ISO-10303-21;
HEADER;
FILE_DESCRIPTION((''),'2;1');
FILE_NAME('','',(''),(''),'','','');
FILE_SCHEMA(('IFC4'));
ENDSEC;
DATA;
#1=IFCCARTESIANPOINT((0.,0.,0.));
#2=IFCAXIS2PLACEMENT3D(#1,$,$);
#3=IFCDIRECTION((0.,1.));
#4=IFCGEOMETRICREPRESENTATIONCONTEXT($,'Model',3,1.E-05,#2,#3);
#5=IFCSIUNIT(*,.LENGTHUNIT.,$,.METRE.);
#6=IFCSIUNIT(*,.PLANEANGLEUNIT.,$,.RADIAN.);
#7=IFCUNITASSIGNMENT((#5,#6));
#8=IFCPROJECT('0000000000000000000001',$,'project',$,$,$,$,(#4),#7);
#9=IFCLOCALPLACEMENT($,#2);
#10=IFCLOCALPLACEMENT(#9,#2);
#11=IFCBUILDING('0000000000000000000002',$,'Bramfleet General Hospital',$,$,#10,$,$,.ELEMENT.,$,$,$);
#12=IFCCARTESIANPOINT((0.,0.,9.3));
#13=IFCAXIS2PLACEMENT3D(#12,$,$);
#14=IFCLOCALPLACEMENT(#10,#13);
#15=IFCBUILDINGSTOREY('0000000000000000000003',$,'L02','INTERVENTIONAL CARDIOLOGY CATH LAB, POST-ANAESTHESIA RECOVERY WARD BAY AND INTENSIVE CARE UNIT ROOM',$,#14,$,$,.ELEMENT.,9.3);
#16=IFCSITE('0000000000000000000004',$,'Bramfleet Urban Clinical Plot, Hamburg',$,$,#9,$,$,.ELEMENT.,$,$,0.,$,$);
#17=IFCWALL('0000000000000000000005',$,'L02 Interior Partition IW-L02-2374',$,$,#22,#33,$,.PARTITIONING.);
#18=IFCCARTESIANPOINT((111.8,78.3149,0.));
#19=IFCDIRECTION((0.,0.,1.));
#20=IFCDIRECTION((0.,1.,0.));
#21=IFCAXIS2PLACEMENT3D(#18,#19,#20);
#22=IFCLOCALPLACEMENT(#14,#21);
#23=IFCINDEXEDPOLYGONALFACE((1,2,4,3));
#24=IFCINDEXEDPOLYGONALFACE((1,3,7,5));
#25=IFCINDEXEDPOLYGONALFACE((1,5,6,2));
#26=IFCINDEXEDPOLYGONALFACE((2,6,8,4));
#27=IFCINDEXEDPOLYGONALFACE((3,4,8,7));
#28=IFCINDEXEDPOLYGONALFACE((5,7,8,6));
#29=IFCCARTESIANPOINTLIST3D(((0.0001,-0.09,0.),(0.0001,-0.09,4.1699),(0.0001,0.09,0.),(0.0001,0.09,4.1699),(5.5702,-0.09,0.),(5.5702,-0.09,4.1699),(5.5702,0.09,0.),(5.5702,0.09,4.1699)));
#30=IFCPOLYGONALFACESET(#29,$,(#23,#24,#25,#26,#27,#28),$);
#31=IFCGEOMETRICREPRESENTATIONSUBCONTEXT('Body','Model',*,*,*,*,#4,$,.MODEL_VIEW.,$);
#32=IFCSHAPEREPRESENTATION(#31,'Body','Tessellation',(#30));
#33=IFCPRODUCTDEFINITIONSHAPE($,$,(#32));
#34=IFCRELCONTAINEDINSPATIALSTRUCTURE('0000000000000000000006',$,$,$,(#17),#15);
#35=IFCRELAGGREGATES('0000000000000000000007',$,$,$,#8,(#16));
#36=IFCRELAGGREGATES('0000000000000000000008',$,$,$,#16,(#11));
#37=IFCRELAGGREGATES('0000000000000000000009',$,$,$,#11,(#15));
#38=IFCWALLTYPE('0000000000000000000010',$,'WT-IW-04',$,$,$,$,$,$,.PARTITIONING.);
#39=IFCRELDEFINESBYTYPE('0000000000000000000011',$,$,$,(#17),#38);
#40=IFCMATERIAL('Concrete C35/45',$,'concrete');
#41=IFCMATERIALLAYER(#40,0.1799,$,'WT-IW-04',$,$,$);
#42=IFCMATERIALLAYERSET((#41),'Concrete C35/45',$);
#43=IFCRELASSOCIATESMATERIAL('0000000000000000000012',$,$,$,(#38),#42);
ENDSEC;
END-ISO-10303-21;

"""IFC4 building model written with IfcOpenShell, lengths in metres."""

from ifc_helpers import new_model, si_unit, direction, frame, frame_2d, origin, place, context, subcontext, project, spatial, rectangle, extrude, material, layer, layer_set, type_object, element, save


model = new_model("IFC4")

# Units and contexts
model_context = context("Model", 3, precision=1e-05, world=origin(), true_north=direction((0.0, 1.0)))
body_context = subcontext(model_context, "Body", "Model", "MODEL_VIEW")
ifc_project = project(units=[si_unit("LENGTHUNIT", "METRE"), si_unit("PLANEANGLEUNIT", "RADIAN")], contexts=[model_context])

# Site, building, storey
site_placement = place(None, origin())
site = spatial("IfcSite", under=ifc_project, at=site_placement, Name="Bramfleet Urban Clinical Plot, Hamburg", CompositionType="ELEMENT", RefElevation=0.0)
building_placement = place(site_placement, origin())
building = spatial("IfcBuilding", under=site, at=building_placement, Name="Bramfleet General Hospital", CompositionType="ELEMENT")
storey_placement = place(building_placement, frame((0.0, 0.0, 9.3)))
storey = spatial("IfcBuildingStorey", under=building, at=storey_placement, Name="L02", Description="INTERVENTIONAL CARDIOLOGY CATH LAB, POST-ANAESTHESIA RECOVERY WARD BAY AND INTENSIVE CARE UNIT ROOM", CompositionType="ELEMENT", Elevation=9.3)

# Shared definitions
ifc_material_1 = material(Name="Concrete C35/45", Category="concrete")

# Shared definitions
ifc_layer_1 = layer(ifc_material_1, 0.1799, Name="WT-IW-04")
ifc_layer_set_1 = layer_set([ifc_layer_1], Name="Concrete C35/45")
wall_type_1 = type_object("IfcWallType", Name="WT-IW-04", PredefinedType="PARTITIONING", material=ifc_layer_set_1)

# Wall
wall_1_placement = place(storey_placement, frame((111.8, 78.3149, 0.0), z_axis=(0.0, 0.0, 1.0), x_axis=(0.0, 1.0, 0.0)))
element("IfcWall", 1, at=wall_1_placement, inside=storey, type_object=wall_type_1, Name="L02 Interior Partition IW-L02-2374", PredefinedType="PARTITIONING", context=body_context, shape_type="SweptSolid", body=[
    extrude(rectangle(XDim=5.5701, YDim=0.1799, at=frame_2d((2.7852, 0.0))), origin(), (0.0, 0.0, 1.0), 4.1699),
])

save(model, "model.ifc")
